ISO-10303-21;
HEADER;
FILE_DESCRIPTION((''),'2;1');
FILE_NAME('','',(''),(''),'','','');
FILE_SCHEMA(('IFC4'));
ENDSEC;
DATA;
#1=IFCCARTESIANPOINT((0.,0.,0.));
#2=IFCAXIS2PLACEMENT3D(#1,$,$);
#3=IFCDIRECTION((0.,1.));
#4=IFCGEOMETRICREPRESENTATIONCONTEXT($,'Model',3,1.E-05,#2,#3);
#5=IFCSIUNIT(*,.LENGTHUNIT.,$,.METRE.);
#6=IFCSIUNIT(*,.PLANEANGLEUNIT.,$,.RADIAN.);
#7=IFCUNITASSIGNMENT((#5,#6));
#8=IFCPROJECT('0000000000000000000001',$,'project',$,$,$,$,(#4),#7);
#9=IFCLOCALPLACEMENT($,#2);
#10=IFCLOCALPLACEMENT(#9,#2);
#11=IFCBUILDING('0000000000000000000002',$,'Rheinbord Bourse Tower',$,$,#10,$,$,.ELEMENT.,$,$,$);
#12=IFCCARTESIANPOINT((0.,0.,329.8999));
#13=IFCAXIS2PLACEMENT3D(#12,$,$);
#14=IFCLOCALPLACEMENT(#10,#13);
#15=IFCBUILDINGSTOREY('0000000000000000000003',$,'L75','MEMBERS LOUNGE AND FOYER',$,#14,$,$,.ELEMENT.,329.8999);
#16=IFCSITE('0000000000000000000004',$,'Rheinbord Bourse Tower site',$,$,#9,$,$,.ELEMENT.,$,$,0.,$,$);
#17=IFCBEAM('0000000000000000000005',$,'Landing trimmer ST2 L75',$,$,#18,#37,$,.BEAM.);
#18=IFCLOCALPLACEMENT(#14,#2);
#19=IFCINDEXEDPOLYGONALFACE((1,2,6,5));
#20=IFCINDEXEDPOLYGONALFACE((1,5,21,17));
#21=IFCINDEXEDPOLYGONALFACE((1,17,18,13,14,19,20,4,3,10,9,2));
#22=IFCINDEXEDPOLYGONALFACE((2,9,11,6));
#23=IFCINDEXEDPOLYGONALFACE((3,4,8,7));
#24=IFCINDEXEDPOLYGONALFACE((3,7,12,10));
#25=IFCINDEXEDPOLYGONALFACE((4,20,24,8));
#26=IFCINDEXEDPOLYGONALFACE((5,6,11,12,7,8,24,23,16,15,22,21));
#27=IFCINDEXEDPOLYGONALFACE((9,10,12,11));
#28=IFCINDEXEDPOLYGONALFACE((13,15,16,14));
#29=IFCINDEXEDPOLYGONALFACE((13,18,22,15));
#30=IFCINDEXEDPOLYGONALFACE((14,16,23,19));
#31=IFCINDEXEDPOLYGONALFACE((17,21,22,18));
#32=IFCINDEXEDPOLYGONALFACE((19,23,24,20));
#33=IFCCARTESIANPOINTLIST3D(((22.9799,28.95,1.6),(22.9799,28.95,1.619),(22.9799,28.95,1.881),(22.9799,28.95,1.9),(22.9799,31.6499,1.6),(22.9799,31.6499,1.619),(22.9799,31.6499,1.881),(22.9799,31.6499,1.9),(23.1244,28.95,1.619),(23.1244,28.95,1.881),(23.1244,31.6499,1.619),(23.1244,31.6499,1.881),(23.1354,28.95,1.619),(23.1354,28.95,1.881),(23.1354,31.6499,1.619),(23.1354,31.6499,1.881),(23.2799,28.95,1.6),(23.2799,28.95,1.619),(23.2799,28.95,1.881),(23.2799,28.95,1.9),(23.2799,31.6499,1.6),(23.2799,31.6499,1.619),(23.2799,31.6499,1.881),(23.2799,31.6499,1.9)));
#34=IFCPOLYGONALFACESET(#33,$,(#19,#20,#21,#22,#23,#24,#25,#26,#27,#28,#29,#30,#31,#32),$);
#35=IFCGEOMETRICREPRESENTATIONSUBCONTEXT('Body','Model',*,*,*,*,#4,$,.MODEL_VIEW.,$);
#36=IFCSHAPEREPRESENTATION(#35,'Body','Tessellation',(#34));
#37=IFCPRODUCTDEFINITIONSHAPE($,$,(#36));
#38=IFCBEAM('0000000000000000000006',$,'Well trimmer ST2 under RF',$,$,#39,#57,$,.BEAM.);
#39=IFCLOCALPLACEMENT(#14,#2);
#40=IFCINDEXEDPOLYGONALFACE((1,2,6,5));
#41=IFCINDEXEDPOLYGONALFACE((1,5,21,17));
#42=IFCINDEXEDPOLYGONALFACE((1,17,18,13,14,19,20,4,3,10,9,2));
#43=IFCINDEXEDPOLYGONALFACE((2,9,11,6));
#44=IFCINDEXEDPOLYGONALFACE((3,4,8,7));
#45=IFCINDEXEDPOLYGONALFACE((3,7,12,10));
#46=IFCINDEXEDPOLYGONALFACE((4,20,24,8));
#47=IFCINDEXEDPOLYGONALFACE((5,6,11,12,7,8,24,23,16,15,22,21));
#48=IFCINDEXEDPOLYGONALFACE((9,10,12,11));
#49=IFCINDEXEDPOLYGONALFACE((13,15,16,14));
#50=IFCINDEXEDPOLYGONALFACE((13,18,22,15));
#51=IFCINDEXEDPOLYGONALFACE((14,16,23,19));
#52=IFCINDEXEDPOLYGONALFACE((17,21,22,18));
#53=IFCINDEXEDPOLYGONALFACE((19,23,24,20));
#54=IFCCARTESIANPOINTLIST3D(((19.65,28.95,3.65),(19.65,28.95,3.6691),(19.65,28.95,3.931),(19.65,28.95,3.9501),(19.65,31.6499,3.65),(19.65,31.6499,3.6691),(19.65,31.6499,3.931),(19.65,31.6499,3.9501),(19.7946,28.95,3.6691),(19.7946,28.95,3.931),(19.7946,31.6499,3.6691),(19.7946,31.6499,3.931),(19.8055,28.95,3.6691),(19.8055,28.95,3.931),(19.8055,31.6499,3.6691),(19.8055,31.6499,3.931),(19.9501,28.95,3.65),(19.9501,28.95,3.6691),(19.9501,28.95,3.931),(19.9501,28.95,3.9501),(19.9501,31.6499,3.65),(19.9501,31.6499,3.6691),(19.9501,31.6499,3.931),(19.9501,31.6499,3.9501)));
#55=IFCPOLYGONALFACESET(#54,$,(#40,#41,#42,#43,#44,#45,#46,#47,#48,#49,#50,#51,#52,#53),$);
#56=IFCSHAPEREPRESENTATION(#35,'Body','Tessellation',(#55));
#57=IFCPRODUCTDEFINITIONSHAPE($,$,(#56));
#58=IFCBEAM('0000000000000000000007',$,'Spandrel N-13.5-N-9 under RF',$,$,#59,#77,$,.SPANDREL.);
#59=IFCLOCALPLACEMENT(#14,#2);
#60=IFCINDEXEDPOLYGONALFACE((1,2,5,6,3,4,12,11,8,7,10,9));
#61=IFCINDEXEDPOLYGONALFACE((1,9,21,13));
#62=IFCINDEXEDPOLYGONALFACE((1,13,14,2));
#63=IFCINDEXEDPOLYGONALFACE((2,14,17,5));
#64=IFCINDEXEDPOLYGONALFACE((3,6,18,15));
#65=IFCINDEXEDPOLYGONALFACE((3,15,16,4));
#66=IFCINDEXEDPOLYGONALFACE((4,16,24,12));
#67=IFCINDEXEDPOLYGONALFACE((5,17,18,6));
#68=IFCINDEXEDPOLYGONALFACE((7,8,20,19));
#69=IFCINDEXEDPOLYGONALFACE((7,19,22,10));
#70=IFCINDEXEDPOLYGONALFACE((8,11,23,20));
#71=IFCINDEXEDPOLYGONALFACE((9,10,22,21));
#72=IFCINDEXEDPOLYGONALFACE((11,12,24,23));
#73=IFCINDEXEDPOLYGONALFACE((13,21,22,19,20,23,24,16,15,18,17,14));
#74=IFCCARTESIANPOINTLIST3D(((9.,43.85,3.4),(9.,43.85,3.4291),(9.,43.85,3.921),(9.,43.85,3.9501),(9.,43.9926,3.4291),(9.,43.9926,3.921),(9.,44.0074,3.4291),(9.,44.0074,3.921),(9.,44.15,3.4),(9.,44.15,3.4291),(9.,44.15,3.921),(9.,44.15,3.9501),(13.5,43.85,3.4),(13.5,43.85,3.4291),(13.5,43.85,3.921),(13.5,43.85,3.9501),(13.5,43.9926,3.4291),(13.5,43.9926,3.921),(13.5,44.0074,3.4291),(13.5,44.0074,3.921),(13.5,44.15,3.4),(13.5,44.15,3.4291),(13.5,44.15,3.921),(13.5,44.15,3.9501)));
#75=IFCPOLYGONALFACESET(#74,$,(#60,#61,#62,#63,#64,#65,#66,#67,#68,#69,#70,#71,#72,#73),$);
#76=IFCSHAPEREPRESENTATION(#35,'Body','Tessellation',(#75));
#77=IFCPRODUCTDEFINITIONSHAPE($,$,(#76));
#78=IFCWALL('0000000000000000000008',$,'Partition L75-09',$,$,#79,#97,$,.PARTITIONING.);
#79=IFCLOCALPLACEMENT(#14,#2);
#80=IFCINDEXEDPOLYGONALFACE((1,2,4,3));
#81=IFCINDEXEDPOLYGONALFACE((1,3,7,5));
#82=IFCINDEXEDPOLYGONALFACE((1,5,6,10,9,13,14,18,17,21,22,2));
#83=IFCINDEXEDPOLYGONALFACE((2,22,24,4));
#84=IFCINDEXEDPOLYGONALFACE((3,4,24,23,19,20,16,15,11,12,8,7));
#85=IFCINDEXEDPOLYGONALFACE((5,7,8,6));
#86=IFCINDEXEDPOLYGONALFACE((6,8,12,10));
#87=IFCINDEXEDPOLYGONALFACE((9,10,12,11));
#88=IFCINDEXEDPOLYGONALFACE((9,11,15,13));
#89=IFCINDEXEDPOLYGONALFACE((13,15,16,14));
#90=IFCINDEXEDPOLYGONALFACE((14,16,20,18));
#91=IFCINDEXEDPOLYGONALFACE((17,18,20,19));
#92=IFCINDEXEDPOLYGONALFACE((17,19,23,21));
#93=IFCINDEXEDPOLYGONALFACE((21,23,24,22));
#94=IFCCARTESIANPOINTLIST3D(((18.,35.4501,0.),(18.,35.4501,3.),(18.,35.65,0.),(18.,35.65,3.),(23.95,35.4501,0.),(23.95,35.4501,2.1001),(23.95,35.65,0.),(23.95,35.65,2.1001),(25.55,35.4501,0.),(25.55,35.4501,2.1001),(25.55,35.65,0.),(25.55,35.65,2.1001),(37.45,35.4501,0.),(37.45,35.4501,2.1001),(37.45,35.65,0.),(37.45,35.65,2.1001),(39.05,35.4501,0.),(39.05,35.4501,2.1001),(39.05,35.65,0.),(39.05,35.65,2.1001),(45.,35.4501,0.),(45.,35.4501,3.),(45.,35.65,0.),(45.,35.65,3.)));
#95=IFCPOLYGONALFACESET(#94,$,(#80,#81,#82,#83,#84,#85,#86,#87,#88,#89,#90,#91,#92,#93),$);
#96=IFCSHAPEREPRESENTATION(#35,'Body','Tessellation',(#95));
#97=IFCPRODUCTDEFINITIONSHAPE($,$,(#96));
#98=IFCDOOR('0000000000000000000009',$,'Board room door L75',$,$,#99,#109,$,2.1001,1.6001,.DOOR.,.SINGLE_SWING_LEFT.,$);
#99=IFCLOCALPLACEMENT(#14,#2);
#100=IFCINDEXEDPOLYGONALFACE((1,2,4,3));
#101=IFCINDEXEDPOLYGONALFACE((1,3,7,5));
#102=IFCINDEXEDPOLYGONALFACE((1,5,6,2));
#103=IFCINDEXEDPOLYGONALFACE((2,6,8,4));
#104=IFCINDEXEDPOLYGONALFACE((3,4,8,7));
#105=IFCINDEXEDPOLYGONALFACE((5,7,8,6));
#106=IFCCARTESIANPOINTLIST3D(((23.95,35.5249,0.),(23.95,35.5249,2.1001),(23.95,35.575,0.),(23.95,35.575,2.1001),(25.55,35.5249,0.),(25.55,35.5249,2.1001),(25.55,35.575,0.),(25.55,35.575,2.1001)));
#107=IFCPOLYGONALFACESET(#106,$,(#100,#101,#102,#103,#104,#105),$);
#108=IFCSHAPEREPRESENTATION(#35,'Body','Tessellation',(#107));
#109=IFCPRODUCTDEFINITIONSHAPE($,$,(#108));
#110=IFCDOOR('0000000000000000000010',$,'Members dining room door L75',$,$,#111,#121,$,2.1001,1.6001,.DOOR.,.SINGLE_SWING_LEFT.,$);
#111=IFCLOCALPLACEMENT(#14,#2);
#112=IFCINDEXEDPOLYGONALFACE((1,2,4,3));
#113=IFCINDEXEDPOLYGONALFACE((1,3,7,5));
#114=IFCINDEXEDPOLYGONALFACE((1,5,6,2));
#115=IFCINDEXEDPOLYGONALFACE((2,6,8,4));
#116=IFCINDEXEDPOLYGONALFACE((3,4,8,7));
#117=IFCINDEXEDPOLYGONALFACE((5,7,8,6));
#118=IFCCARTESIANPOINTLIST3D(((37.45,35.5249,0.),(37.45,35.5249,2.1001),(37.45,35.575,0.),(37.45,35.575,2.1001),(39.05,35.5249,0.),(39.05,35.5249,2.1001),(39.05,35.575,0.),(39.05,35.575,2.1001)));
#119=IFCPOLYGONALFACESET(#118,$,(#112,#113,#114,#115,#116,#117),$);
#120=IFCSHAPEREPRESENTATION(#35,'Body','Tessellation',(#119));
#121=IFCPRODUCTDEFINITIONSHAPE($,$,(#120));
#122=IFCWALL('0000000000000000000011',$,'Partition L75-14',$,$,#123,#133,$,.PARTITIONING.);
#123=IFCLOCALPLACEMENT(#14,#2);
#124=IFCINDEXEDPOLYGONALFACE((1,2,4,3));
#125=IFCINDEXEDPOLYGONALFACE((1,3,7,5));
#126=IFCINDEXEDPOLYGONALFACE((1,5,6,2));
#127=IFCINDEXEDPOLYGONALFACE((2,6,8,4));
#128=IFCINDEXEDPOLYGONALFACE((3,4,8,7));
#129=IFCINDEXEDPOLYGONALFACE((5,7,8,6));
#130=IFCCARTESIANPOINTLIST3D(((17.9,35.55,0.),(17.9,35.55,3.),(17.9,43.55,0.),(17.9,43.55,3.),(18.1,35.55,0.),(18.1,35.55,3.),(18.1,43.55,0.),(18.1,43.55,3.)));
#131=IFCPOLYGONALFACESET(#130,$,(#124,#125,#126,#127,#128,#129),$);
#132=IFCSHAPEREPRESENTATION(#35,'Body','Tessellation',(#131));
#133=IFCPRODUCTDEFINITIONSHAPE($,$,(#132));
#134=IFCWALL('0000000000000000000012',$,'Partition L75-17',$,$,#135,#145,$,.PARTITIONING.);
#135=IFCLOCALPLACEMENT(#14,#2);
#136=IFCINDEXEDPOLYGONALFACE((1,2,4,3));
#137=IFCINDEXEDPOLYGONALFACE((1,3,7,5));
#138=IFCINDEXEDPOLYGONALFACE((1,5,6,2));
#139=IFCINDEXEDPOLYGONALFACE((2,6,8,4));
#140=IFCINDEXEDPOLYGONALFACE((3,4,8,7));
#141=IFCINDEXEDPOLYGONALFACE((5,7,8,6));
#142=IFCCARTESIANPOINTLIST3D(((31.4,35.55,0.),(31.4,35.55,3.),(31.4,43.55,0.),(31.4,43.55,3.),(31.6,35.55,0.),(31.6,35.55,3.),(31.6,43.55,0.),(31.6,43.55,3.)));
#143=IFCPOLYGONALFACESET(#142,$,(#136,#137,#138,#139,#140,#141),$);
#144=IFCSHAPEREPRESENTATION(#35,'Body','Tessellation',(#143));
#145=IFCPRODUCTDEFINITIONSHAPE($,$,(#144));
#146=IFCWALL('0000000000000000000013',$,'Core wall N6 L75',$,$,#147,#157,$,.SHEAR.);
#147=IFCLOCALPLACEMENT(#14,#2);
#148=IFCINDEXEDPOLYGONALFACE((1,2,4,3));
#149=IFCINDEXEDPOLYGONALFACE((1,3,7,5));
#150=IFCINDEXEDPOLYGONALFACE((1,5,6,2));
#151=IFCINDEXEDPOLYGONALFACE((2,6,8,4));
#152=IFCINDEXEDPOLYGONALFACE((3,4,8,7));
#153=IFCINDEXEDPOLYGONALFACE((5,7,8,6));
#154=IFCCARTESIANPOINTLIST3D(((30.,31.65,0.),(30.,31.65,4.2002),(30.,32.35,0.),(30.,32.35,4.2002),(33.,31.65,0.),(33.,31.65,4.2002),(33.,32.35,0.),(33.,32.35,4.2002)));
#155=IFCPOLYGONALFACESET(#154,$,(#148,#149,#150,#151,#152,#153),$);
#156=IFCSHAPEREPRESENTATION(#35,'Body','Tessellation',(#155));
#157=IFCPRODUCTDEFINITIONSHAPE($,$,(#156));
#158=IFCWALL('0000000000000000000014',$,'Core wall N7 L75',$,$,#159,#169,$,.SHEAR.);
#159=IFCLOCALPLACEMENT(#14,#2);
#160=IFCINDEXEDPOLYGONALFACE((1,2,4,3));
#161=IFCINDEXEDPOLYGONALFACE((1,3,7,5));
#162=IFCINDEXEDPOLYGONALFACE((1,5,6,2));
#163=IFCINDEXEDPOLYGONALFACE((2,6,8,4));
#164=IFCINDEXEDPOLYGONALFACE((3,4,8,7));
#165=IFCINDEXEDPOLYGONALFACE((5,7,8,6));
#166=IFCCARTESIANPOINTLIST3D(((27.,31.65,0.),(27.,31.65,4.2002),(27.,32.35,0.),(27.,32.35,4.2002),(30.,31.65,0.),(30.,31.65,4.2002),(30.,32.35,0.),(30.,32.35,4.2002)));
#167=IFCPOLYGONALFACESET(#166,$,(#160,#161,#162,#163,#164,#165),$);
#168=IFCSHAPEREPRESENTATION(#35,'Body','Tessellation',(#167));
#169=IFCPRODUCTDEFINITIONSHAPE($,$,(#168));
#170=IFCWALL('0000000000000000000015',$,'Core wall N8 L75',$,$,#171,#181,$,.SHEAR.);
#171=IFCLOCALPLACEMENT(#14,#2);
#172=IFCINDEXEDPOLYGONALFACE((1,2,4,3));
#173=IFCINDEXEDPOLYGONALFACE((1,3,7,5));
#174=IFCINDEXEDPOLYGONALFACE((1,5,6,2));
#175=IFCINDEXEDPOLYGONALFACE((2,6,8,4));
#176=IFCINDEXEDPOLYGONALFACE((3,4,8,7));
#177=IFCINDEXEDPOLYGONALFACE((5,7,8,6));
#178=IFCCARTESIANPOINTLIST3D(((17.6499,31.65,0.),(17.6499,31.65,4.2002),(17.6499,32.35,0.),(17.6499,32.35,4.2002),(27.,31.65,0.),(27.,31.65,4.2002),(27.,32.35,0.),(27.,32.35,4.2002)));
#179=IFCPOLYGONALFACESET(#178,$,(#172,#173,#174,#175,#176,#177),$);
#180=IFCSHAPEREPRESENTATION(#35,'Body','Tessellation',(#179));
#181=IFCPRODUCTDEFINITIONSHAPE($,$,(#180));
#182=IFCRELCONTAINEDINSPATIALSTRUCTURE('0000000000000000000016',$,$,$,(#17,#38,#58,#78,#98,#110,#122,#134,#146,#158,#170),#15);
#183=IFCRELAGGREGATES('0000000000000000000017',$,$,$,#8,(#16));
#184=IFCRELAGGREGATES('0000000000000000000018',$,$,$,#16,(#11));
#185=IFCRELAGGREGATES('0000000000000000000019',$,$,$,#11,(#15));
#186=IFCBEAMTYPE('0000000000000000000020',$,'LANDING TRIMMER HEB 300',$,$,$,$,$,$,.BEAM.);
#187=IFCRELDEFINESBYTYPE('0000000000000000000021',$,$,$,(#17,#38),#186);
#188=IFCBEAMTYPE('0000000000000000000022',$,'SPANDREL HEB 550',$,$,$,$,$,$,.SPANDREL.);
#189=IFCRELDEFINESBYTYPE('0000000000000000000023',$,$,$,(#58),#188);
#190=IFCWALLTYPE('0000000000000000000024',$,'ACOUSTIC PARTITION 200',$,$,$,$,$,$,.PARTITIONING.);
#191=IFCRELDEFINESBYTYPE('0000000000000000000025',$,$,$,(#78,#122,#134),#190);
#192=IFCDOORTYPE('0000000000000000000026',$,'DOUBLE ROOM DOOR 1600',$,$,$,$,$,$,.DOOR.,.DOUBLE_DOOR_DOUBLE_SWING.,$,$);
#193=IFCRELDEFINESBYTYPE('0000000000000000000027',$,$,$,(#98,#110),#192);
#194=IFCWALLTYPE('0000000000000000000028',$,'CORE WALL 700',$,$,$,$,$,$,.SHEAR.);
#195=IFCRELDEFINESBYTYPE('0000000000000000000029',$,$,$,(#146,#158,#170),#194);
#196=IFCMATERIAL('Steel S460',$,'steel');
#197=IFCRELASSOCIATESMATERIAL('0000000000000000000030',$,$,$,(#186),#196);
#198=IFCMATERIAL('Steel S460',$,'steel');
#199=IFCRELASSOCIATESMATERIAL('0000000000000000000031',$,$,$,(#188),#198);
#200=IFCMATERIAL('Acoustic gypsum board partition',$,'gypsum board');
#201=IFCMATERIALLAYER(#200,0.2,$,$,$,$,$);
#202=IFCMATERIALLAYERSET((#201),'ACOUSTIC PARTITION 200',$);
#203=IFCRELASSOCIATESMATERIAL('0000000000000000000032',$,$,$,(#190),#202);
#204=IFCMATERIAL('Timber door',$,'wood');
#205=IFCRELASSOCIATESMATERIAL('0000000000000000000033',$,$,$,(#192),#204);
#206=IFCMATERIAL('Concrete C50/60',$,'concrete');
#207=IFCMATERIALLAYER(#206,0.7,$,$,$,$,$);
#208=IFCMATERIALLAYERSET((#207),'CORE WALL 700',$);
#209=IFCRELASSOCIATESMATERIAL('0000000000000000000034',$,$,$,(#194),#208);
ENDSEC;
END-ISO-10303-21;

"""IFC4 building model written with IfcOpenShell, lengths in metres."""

from ifc_helpers import new_model, si_unit, direction, frame, frame_2d, origin, origin_2d, place, context, subcontext, project, spatial, rectangle, i_section, extrude, material, layer, layer_set, material_profile, profile_set, type_object, element, fill, save


model = new_model("IFC4")

# Units and contexts
model_context = context("Model", 3, precision=1e-05, world=origin(), true_north=direction((0.0, 1.0)))
body_context = subcontext(model_context, "Body", "Model", "MODEL_VIEW")
ifc_project = project(units=[si_unit("LENGTHUNIT", "METRE"), si_unit("PLANEANGLEUNIT", "RADIAN")], contexts=[model_context])

# Site, building, storey
site_placement = place(None, origin())
site = spatial("IfcSite", under=ifc_project, at=site_placement, Name="Rheinbord Bourse Tower site", CompositionType="ELEMENT", RefElevation=0.0)
building_placement = place(site_placement, origin())
building = spatial("IfcBuilding", under=site, at=building_placement, Name="Rheinbord Bourse Tower", CompositionType="ELEMENT")
storey_placement = place(building_placement, frame((0.0, 0.0, 329.8999)))
storey = spatial("IfcBuildingStorey", under=building, at=storey_placement, Name="L75", Description="MEMBERS LOUNGE AND FOYER", CompositionType="ELEMENT", Elevation=329.8999)

# Beams
ifc_material_1 = material(Name="Steel S460", Category="steel")
ifc_material_profile_1 = material_profile(ifc_material_1, i_section(OverallWidth=0.3, OverallDepth=0.3, WebThickness=0.011, FlangeThickness=0.019, at=origin_2d()), Name="HEB 300")
ifc_profile_set_1 = profile_set([ifc_material_profile_1], Name="Steel S460")
beam_type_1 = type_object("IfcBeamType", Name="LANDING TRIMMER HEB 300", PredefinedType="BEAM", material=ifc_profile_set_1)
for number, where, z_axis, x_axis, name in (
    (1, (23.1299, 28.95, 1.75), (0.0, 1.0, 0.0), (-1.0, 0.0, 0.0), "Landing trimmer ST2 L75"),
    (2, (19.8, 28.95, 3.8), (0.0, 1.0, 0.0), (-1.0, 0.0, 0.0), "Well trimmer ST2 under RF"),
):
    element("IfcBeam", number, at=place(storey_placement, frame(where, z_axis=z_axis, x_axis=x_axis)), inside=storey, type_object=beam_type_1, Name=name, PredefinedType="BEAM", context=body_context, shape_type="SweptSolid", body=[
        extrude(i_section(OverallWidth=0.3, OverallDepth=0.3, WebThickness=0.011, FlangeThickness=0.019, at=origin_2d()), origin(), (0.0, 0.0, 1.0), 2.7),
    ])
ifc_material_2 = material(Name="Steel S460", Category="steel")
ifc_material_profile_2 = material_profile(ifc_material_2, i_section(OverallWidth=0.3, OverallDepth=0.55, WebThickness=0.0149, FlangeThickness=0.0291, at=origin_2d()), Name="HEB 550")
ifc_profile_set_2 = profile_set([ifc_material_profile_2], Name="Steel S460")
beam_type_2 = type_object("IfcBeamType", Name="SPANDREL HEB 550", PredefinedType="SPANDREL", material=ifc_profile_set_2)
beam_placement = place(storey_placement, frame((13.5, 44.0, 3.675), z_axis=(-1.0, 0.0, 0.0), x_axis=(0.0, -1.0, 0.0)))
element("IfcBeam", 3, at=beam_placement, inside=storey, type_object=beam_type_2, Name="Spandrel N-13.5-N-9 under RF", PredefinedType="SPANDREL", context=body_context, shape_type="SweptSolid", body=[
    extrude(i_section(OverallWidth=0.3, OverallDepth=0.55, WebThickness=0.0149, FlangeThickness=0.0291, at=origin_2d()), origin(), (0.0, 0.0, 1.0), 4.5),
])

# Wall, openings, doors
ifc_material_3 = material(Name="Acoustic gypsum board partition", Category="gypsum board")
ifc_layer_1 = layer(ifc_material_3, 0.2)
ifc_layer_set_1 = layer_set([ifc_layer_1], Name="ACOUSTIC PARTITION 200")
wall_type_1 = type_object("IfcWallType", Name="ACOUSTIC PARTITION 200", PredefinedType="PARTITIONING", material=ifc_layer_set_1)
wall_1_placement = place(storey_placement, frame((18.0, 35.55, 0.0), z_axis=(0.0, 0.0, 1.0), x_axis=(1.0, 0.0, 0.0)))
wall_1 = element("IfcWall", 4, at=wall_1_placement, inside=storey, type_object=wall_type_1, Name="Partition L75-09", PredefinedType="PARTITIONING", context=body_context, shape_type="SweptSolid", body=[
    extrude(rectangle(XDim=27.0, YDim=0.2, at=frame_2d((13.5, 0.0))), origin(), (0.0, 0.0, 1.0), 3.0),
])
opening_1_placement = place(wall_1_placement, frame((5.95, 0.0, 0.0)))
opening_1 = element("IfcOpeningElement", 5, at=opening_1_placement, cuts=wall_1, PredefinedType="OPENING", context=body_context, shape_type="SweptSolid", body=[
    extrude(rectangle(XDim=1.6001, YDim=2.1001, at=frame_2d((0.8, 1.05))), frame((0.0, 0.1099, 0.0), z_axis=(0.0, -1.0, 0.0), x_axis=(1.0, 0.0, 0.0)), (0.0, 0.0, 1.0), 0.22),
])
opening_2_placement = place(wall_1_placement, frame((19.45, 0.0, 0.0)))
opening_2 = element("IfcOpeningElement", 6, at=opening_2_placement, cuts=wall_1, PredefinedType="OPENING", context=body_context, shape_type="SweptSolid", body=[
    extrude(rectangle(XDim=1.6001, YDim=2.1001, at=frame_2d((0.8, 1.05))), frame((0.0, 0.1099, 0.0), z_axis=(0.0, -1.0, 0.0), x_axis=(1.0, 0.0, 0.0)), (0.0, 0.0, 1.0), 0.22),
])
ifc_material_4 = material(Name="Timber door", Category="wood")
door_type_1 = type_object("IfcDoorType", Name="DOUBLE ROOM DOOR 1600", OperationType="DOUBLE_DOOR_DOUBLE_SWING", PredefinedType="DOOR", material=ifc_material_4)
door_1_placement = place(opening_1_placement, origin())
door_1 = element("IfcDoor", 7, at=door_1_placement, inside=storey, type_object=door_type_1, Name="Board room door L75", OperationType="SINGLE_SWING_LEFT", OverallHeight=2.1001, OverallWidth=1.6001, PredefinedType="DOOR", context=body_context, shape_type="SweptSolid", body=[
    extrude(rectangle(XDim=1.6001, YDim=2.1001, at=frame_2d((0.8, 1.05))), frame((0.0, 0.0249, 0.0), z_axis=(0.0, -1.0, 0.0), x_axis=(1.0, 0.0, 0.0)), (0.0, 0.0, 1.0), 0.05),
])
fill(opening_1, door_1)
door_2_placement = place(opening_2_placement, origin())
door_2 = element("IfcDoor", 8, at=door_2_placement, inside=storey, type_object=door_type_1, Name="Members dining room door L75", OperationType="SINGLE_SWING_LEFT", OverallHeight=2.1001, OverallWidth=1.6001, PredefinedType="DOOR", context=body_context, shape_type="SweptSolid", body=[
    extrude(rectangle(XDim=1.6001, YDim=2.1001, at=frame_2d((0.8, 1.05))), frame((0.0, 0.0249, 0.0), z_axis=(0.0, -1.0, 0.0), x_axis=(1.0, 0.0, 0.0)), (0.0, 0.0, 1.0), 0.05),
])
fill(opening_2, door_2)

# Walls
for number, where, z_axis, x_axis, name in (
    (9, (18.0, 35.55, 0.0), (0.0, 0.0, 1.0), (0.0, 1.0, 0.0), "Partition L75-14"),
    (10, (31.5, 35.55, 0.0), (0.0, 0.0, 1.0), (0.0, 1.0, 0.0), "Partition L75-17"),
):
    element("IfcWall", number, at=place(storey_placement, frame(where, z_axis=z_axis, x_axis=x_axis)), inside=storey, type_object=wall_type_1, Name=name, PredefinedType="PARTITIONING", context=body_context, shape_type="SweptSolid", body=[
        extrude(rectangle(XDim=8.0, YDim=0.2, at=frame_2d((4.0, 0.0))), origin(), (0.0, 0.0, 1.0), 3.0),
    ])
ifc_material_5 = material(Name="Concrete C50/60", Category="concrete")
ifc_layer_2 = layer(ifc_material_5, 0.7)
ifc_layer_set_2 = layer_set([ifc_layer_2], Name="CORE WALL 700")
wall_type_2 = type_object("IfcWallType", Name="CORE WALL 700", PredefinedType="SHEAR", material=ifc_layer_set_2)
for number, where, z_axis, x_axis, name in (
    (11, (33.0, 32.0, 0.0), (0.0, 0.0, 1.0), (-1.0, 0.0, 0.0), "Core wall N6 L75"),
    (12, (30.0, 32.0, 0.0), (0.0, 0.0, 1.0), (-1.0, 0.0, 0.0), "Core wall N7 L75"),
):
    element("IfcWall", number, at=place(storey_placement, frame(where, z_axis=z_axis, x_axis=x_axis)), inside=storey, type_object=wall_type_2, Name=name, PredefinedType="SHEAR", context=body_context, shape_type="SweptSolid", body=[
        extrude(rectangle(XDim=3.0, YDim=0.7, at=frame_2d((1.5, 0.0))), origin(), (0.0, 0.0, 1.0), 4.2002),
    ])
wall_2_placement = place(storey_placement, frame((27.0, 32.0, 0.0), z_axis=(0.0, 0.0, 1.0), x_axis=(-1.0, 0.0, 0.0)))
element("IfcWall", 13, at=wall_2_placement, inside=storey, type_object=wall_type_2, Name="Core wall N8 L75", PredefinedType="SHEAR", context=body_context, shape_type="SweptSolid", body=[
    extrude(rectangle(XDim=9.3501, YDim=0.7, at=frame_2d((4.675, 0.0))), origin(), (0.0, 0.0, 1.0), 4.2002),
])

save(model, "model.ifc")
